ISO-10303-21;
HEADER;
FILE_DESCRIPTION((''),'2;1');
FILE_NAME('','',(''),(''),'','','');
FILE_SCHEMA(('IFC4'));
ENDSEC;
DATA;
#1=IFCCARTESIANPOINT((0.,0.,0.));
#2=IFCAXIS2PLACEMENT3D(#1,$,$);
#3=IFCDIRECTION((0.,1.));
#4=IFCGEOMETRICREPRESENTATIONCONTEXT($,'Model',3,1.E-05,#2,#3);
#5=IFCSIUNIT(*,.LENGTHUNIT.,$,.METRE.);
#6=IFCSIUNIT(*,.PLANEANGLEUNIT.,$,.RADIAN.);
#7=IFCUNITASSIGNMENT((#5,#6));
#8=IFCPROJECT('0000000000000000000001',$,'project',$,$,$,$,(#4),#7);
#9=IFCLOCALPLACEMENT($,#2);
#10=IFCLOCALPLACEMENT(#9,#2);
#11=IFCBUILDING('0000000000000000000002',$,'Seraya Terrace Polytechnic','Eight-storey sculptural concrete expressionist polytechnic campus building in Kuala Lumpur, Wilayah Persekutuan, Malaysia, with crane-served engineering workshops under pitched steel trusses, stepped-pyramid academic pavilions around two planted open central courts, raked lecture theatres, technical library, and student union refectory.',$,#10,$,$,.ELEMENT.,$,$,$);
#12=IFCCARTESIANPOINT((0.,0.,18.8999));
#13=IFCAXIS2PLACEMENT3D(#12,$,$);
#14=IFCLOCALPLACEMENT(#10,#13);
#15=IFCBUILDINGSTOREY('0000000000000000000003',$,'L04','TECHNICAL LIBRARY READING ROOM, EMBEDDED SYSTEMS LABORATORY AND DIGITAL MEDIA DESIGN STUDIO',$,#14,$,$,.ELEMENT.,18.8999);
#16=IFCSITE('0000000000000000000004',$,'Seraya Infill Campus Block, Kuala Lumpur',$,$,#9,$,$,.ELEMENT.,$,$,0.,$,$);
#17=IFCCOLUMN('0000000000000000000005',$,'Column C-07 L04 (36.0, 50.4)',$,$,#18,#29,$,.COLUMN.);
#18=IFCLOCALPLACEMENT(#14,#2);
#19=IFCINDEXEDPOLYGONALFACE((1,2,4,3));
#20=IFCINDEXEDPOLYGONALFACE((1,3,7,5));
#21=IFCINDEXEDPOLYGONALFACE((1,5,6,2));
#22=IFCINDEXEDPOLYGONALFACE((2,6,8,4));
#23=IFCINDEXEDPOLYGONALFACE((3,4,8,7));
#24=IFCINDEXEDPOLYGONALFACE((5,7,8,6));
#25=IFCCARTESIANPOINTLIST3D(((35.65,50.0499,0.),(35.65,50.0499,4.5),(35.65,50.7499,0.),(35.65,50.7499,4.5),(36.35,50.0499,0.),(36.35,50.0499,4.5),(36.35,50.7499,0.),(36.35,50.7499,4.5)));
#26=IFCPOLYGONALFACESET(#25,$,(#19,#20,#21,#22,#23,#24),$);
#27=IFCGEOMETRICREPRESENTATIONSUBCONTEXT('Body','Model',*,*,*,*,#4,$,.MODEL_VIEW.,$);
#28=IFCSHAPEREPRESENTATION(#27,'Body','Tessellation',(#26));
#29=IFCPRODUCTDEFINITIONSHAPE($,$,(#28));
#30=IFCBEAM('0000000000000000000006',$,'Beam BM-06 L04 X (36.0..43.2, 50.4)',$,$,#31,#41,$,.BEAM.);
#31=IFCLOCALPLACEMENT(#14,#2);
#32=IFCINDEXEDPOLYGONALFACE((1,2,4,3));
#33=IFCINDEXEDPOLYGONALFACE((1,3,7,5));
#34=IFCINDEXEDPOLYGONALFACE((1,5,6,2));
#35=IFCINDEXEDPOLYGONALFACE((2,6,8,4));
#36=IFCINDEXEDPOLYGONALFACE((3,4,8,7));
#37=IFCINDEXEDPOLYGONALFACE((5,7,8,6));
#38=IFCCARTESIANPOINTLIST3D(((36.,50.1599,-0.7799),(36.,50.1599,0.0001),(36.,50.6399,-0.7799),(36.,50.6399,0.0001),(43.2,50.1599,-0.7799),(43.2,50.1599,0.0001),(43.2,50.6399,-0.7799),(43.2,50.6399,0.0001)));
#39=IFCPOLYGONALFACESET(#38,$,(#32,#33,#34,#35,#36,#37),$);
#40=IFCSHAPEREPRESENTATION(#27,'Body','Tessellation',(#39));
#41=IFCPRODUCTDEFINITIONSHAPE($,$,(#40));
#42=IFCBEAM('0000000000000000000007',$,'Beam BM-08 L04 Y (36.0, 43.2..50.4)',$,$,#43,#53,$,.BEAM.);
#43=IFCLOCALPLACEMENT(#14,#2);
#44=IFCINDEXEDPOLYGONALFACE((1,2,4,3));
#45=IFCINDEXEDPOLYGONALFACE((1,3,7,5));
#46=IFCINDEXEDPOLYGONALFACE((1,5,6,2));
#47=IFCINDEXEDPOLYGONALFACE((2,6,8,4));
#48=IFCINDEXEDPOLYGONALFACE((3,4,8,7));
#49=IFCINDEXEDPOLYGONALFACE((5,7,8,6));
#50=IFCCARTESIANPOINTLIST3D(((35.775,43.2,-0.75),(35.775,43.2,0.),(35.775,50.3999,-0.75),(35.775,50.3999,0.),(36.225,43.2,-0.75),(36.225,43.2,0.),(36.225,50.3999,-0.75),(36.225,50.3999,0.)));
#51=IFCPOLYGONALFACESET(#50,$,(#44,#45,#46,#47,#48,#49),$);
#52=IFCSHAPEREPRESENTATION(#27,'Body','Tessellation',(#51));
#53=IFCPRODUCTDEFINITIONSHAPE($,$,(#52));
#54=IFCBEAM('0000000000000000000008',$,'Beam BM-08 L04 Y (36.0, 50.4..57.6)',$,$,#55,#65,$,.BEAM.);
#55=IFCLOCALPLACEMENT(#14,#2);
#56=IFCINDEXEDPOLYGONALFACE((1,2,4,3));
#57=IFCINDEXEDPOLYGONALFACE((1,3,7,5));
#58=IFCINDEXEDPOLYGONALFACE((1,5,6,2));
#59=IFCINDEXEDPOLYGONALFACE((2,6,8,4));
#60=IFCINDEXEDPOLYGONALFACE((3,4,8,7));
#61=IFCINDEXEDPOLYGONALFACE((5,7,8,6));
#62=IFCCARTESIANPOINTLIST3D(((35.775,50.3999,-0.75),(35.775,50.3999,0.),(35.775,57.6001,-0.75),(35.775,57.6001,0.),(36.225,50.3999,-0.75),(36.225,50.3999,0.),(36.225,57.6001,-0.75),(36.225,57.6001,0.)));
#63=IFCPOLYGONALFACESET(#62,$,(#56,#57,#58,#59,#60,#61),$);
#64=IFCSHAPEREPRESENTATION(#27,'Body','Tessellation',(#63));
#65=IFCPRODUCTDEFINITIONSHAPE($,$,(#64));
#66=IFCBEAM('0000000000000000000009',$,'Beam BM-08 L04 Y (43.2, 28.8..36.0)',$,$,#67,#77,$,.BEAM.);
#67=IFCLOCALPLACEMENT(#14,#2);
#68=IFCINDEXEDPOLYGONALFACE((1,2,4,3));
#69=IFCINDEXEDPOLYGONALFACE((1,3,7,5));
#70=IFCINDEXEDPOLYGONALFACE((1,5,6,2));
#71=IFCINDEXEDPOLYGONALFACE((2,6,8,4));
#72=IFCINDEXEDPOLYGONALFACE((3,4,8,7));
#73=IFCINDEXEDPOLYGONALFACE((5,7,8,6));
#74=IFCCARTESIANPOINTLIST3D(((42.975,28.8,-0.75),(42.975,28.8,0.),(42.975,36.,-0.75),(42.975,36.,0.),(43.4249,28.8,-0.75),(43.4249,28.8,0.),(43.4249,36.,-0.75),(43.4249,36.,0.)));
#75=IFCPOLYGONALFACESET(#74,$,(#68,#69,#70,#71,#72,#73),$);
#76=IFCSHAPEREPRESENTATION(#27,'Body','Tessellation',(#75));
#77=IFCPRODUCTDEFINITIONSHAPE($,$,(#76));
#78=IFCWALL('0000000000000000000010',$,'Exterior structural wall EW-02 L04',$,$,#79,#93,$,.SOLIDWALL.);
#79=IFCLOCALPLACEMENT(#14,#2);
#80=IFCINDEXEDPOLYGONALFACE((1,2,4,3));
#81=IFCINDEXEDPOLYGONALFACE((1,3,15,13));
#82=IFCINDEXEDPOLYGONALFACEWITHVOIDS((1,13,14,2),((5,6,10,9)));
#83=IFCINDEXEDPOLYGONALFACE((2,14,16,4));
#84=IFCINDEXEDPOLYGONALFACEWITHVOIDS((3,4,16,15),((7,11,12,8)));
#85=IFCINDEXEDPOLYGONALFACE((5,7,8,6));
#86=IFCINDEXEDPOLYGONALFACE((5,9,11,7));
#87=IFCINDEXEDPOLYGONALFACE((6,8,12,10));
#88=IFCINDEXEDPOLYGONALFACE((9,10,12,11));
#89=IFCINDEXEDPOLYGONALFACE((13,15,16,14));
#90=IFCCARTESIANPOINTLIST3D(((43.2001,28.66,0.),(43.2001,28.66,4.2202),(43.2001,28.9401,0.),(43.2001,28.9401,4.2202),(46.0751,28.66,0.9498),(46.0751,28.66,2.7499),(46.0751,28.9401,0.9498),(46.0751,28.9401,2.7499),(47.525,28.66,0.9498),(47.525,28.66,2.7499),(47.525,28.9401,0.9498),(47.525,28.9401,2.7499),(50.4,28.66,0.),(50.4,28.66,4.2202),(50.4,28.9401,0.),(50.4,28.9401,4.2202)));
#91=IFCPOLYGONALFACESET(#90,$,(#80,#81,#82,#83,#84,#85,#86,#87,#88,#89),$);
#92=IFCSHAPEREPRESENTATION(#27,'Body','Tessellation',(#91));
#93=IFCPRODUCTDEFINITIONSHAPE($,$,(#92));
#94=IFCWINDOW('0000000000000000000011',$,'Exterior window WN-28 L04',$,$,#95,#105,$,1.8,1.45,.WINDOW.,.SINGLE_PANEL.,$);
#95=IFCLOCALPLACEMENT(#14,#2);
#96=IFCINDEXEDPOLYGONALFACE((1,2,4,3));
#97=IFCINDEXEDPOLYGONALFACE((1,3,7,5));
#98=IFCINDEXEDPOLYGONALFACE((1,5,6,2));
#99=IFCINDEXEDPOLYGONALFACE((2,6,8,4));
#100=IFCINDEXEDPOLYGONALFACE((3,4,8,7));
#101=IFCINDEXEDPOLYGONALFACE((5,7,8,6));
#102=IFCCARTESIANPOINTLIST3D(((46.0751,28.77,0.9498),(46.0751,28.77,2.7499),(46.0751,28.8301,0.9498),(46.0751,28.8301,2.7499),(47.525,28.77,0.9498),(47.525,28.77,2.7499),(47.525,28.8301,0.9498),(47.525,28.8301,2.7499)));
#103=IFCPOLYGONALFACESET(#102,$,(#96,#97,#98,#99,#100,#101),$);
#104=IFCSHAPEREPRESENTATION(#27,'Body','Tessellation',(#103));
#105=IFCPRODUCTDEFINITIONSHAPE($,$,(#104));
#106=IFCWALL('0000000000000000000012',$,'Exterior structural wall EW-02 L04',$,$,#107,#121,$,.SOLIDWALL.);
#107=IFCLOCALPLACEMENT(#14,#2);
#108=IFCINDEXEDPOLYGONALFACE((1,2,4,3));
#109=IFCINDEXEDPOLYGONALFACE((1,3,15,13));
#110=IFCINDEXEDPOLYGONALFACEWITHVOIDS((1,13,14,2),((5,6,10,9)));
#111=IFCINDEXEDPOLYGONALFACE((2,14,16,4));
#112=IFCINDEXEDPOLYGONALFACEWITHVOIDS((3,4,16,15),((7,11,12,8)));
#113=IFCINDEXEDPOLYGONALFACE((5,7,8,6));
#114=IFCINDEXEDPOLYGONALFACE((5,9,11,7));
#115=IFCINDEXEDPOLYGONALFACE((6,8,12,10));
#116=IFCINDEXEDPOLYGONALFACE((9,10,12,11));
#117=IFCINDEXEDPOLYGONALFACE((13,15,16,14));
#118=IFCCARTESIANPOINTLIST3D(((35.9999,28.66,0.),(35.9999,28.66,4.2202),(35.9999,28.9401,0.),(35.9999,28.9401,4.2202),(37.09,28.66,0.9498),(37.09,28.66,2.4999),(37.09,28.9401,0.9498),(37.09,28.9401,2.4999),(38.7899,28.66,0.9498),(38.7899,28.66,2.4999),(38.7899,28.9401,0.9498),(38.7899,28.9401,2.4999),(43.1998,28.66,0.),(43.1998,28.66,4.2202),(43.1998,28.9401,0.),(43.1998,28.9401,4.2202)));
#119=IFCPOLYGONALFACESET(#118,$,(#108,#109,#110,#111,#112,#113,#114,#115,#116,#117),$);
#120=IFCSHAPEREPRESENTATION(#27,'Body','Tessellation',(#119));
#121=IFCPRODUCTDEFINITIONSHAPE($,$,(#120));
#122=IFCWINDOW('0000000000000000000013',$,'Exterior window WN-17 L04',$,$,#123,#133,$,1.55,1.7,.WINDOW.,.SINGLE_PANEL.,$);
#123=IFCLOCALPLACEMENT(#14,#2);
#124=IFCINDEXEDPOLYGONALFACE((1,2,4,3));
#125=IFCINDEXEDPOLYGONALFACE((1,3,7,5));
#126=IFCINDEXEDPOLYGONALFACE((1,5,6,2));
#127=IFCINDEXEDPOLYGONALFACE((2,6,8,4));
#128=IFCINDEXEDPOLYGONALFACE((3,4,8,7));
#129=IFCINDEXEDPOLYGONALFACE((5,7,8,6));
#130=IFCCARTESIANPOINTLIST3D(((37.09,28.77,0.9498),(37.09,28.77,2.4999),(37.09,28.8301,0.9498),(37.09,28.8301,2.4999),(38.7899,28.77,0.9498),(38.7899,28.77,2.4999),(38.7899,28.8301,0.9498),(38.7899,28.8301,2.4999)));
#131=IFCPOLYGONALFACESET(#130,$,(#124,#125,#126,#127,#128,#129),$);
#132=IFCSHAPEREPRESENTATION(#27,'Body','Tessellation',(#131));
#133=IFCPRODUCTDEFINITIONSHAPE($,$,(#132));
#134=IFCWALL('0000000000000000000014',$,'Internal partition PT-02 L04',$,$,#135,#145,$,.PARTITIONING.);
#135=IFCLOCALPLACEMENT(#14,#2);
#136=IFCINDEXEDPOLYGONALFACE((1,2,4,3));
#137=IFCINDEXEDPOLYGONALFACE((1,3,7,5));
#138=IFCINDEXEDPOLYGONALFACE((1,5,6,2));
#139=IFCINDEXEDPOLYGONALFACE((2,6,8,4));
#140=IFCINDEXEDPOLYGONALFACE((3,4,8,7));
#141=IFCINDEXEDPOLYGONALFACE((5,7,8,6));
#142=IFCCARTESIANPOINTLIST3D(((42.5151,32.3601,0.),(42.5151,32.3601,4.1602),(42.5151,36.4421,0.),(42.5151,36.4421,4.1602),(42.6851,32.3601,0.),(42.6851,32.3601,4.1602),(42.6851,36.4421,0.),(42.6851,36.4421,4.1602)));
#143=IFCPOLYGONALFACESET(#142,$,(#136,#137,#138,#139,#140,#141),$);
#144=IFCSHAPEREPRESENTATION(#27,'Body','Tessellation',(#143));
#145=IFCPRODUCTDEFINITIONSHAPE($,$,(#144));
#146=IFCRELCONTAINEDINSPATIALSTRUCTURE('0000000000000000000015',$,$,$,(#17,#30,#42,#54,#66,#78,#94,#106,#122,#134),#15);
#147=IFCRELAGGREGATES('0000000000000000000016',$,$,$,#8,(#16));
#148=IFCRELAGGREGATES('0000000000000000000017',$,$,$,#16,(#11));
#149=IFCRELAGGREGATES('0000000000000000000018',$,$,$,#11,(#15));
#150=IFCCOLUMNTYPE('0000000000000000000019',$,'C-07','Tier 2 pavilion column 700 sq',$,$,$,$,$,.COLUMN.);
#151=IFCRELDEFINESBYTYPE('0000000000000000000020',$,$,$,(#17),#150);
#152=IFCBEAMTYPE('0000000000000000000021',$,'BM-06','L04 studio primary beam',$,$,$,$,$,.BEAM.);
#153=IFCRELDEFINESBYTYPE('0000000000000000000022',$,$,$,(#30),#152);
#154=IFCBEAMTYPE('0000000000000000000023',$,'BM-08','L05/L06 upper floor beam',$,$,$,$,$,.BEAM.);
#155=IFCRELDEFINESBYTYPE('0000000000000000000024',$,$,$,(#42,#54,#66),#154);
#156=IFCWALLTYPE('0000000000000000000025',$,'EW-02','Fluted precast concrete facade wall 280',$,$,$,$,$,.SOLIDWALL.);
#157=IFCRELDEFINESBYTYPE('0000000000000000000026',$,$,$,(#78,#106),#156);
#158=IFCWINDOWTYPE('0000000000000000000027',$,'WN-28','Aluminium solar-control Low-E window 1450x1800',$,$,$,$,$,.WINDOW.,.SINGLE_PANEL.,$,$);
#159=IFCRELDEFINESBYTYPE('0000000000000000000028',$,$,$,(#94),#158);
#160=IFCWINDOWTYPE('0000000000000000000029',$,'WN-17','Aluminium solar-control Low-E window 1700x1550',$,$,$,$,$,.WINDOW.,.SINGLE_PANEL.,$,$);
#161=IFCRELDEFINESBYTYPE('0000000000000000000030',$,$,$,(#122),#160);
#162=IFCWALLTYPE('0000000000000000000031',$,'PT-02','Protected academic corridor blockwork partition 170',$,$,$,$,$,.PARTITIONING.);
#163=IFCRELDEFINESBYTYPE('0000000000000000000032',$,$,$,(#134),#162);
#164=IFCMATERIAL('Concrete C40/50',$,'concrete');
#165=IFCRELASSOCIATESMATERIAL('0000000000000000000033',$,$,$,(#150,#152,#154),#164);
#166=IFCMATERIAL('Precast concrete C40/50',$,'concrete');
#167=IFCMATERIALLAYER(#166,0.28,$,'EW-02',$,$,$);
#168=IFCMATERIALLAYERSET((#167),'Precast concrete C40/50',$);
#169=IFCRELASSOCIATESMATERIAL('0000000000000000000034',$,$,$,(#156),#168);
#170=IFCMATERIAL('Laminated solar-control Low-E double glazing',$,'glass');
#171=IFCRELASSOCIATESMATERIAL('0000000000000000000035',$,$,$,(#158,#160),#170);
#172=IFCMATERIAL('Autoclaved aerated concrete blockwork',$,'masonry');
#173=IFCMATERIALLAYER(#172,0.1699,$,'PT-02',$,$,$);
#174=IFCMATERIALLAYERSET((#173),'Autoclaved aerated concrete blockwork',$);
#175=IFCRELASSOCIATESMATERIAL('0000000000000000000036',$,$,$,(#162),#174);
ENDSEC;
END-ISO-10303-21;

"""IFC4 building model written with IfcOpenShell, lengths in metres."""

from ifc_helpers import new_model, si_unit, direction, frame, frame_2d, origin, origin_2d, place, context, subcontext, project, spatial, rectangle, extrude, material, layer, layer_set, material_profile, profile_set, type_object, element, fill, save


model = new_model("IFC4")

# Units and contexts
model_context = context("Model", 3, precision=1e-05, world=origin(), true_north=direction((0.0, 1.0)))
body_context = subcontext(model_context, "Body", "Model", "MODEL_VIEW")
ifc_project = project(units=[si_unit("LENGTHUNIT", "METRE"), si_unit("PLANEANGLEUNIT", "RADIAN")], contexts=[model_context])

# Site, building, storey
site_placement = place(None, origin())
site = spatial("IfcSite", under=ifc_project, at=site_placement, Name="Seraya Infill Campus Block, Kuala Lumpur", CompositionType="ELEMENT", RefElevation=0.0)
building_placement = place(site_placement, origin())
building = spatial("IfcBuilding", under=site, at=building_placement, Name="Seraya Terrace Polytechnic", Description="Eight-storey sculptural concrete expressionist polytechnic campus building in Kuala Lumpur, Wilayah Persekutuan, Malaysia, with crane-served engineering workshops under pitched steel trusses, stepped-pyramid academic pavilions around two planted open central courts, raked lecture theatres, technical library, and student union refectory.", CompositionType="ELEMENT")
storey_placement = place(building_placement, frame((0.0, 0.0, 18.8999)))
storey = spatial("IfcBuildingStorey", under=building, at=storey_placement, Name="L04", Description="TECHNICAL LIBRARY READING ROOM, EMBEDDED SYSTEMS LABORATORY AND DIGITAL MEDIA DESIGN STUDIO", CompositionType="ELEMENT", Elevation=18.8999)

# Column
ifc_material_1 = material(Name="Concrete C40/50", Category="concrete")
ifc_material_profile_1 = material_profile(ifc_material_1, rectangle(XDim=0.7, YDim=0.7, at=origin_2d()), Name="RC 700x700")
ifc_profile_set_1 = profile_set([ifc_material_profile_1], Name="Concrete C40/50")
column_type = type_object("IfcColumnType", Name="C-07", Description="Tier 2 pavilion column 700 sq", PredefinedType="COLUMN", material=ifc_profile_set_1)
column_placement = place(storey_placement, frame((36.0, 50.3999, 0.0), z_axis=(0.0, 0.0, 1.0), x_axis=(1.0, 0.0, 0.0)))
element("IfcColumn", 1, at=column_placement, inside=storey, type_object=column_type, Name="Column C-07 L04 (36.0, 50.4)", PredefinedType="COLUMN", context=body_context, shape_type="SweptSolid", body=[
    extrude(rectangle(XDim=0.7, YDim=0.7, at=origin_2d()), origin(), (0.0, 0.0, 1.0), 4.5),
])

# Beams
ifc_material_profile_2 = material_profile(ifc_material_1, rectangle(XDim=0.48, YDim=0.78, at=origin_2d()), Name="RC 480x780")
ifc_profile_set_2 = profile_set([ifc_material_profile_2], Name="Concrete C40/50")
beam_type_1 = type_object("IfcBeamType", Name="BM-06", Description="L04 studio primary beam", PredefinedType="BEAM", material=ifc_profile_set_2)
beam_1_placement = place(storey_placement, frame((36.0, 50.3999, -0.3899), z_axis=(1.0, 0.0, 0.0), x_axis=(0.0, 1.0, 0.0)))
element("IfcBeam", 2, at=beam_1_placement, inside=storey, type_object=beam_type_1, Name="Beam BM-06 L04 X (36.0..43.2, 50.4)", PredefinedType="BEAM", context=body_context, shape_type="SweptSolid", body=[
    extrude(rectangle(XDim=0.48, YDim=0.78, at=origin_2d()), origin(), (0.0, 0.0, 1.0), 7.2),
])
ifc_material_profile_3 = material_profile(ifc_material_1, rectangle(XDim=0.45, YDim=0.75, at=origin_2d()), Name="RC 450x750")
ifc_profile_set_3 = profile_set([ifc_material_profile_3], Name="Concrete C40/50")
beam_type_2 = type_object("IfcBeamType", Name="BM-08", Description="L05/L06 upper floor beam", PredefinedType="BEAM", material=ifc_profile_set_3)
beam_2_placement = place(storey_placement, frame((36.0, 43.2, -0.375), z_axis=(0.0, 1.0, 0.0), x_axis=(-1.0, 0.0, 0.0)))
element("IfcBeam", 3, at=beam_2_placement, inside=storey, type_object=beam_type_2, Name="Beam BM-08 L04 Y (36.0, 43.2..50.4)", PredefinedType="BEAM", context=body_context, shape_type="SweptSolid", body=[
    extrude(rectangle(XDim=0.45, YDim=0.75, at=origin_2d()), origin(), (0.0, 0.0, 1.0), 7.2),
])
beam_3_placement = place(storey_placement, frame((36.0, 50.3999, -0.375), z_axis=(0.0, 1.0, 0.0), x_axis=(-1.0, 0.0, 0.0)))
element("IfcBeam", 4, at=beam_3_placement, inside=storey, type_object=beam_type_2, Name="Beam BM-08 L04 Y (36.0, 50.4..57.6)", PredefinedType="BEAM", context=body_context, shape_type="SweptSolid", body=[
    extrude(rectangle(XDim=0.45, YDim=0.75, at=origin_2d()), origin(), (0.0, 0.0, 1.0), 7.2002),
])
beam_4_placement = place(storey_placement, frame((43.2, 28.8, -0.375), z_axis=(0.0, 1.0, 0.0), x_axis=(-1.0, 0.0, 0.0)))
element("IfcBeam", 5, at=beam_4_placement, inside=storey, type_object=beam_type_2, Name="Beam BM-08 L04 Y (43.2, 28.8..36.0)", PredefinedType="BEAM", context=body_context, shape_type="SweptSolid", body=[
    extrude(rectangle(XDim=0.45, YDim=0.75, at=origin_2d()), origin(), (0.0, 0.0, 1.0), 7.2),
])

# Walls, openings, windows
ifc_material_2 = material(Name="Precast concrete C40/50", Category="concrete")
ifc_layer_1 = layer(ifc_material_2, 0.28, Name="EW-02")
ifc_layer_set_1 = layer_set([ifc_layer_1], Name="Precast concrete C40/50")
wall_type_1 = type_object("IfcWallType", Name="EW-02", Description="Fluted precast concrete facade wall 280", PredefinedType="SOLIDWALL", material=ifc_layer_set_1)
wall_1_placement = place(storey_placement, frame((43.2, 28.8, 0.0), z_axis=(0.0, 0.0, 1.0), x_axis=(1.0, 0.0, 0.0)))
wall_1 = element("IfcWall", 6, at=wall_1_placement, inside=storey, type_object=wall_type_1, Name="Exterior structural wall EW-02 L04", PredefinedType="SOLIDWALL", context=body_context, shape_type="SweptSolid", body=[
    extrude(rectangle(XDim=7.2, YDim=0.28, at=frame_2d((3.6001, 0.0))), origin(), (0.0, 0.0, 1.0), 4.2202),
])
opening_1_placement = place(wall_1_placement, frame((2.875, 0.0, 0.95)))
opening_1 = element("IfcOpeningElement", 7, at=opening_1_placement, cuts=wall_1, PredefinedType="OPENING", context=body_context, shape_type="SweptSolid", body=[
    extrude(rectangle(XDim=1.45, YDim=1.8, at=frame_2d((0.7251, 0.8999))), frame((0.0, 0.1519, 0.0), z_axis=(0.0, -1.0, 0.0), x_axis=(1.0, 0.0, 0.0)), (0.0, 0.0, 1.0), 0.304),
])
ifc_material_3 = material(Name="Laminated solar-control Low-E double glazing", Category="glass")
window_type_1 = type_object("IfcWindowType", Name="WN-28", Description="Aluminium solar-control Low-E window 1450x1800", PartitioningType="SINGLE_PANEL", PredefinedType="WINDOW", material=ifc_material_3)
window_1_placement = place(opening_1_placement, origin())
window_1 = element("IfcWindow", 8, at=window_1_placement, inside=storey, type_object=window_type_1, Name="Exterior window WN-28 L04", OverallHeight=1.8, OverallWidth=1.45, PartitioningType="SINGLE_PANEL", PredefinedType="WINDOW", context=body_context, shape_type="SweptSolid", body=[
    extrude(rectangle(XDim=1.45, YDim=1.8, at=frame_2d((0.7251, 0.8999))), frame((0.0, 0.03, 0.0), z_axis=(0.0, -1.0, 0.0), x_axis=(1.0, 0.0, 0.0)), (0.0, 0.0, 1.0), 0.0601),
])
fill(opening_1, window_1)
wall_2_placement = place(storey_placement, frame((43.2, 28.8, 0.0), z_axis=(0.0, 0.0, 1.0), x_axis=(-1.0, 0.0, 0.0)))
wall_2 = element("IfcWall", 9, at=wall_2_placement, inside=storey, type_object=wall_type_1, Name="Exterior structural wall EW-02 L04", PredefinedType="SOLIDWALL", context=body_context, shape_type="SweptSolid", body=[
    extrude(rectangle(XDim=7.2, YDim=0.28, at=frame_2d((3.6001, 0.0))), origin(), (0.0, 0.0, 1.0), 4.2202),
])
opening_2_placement = place(wall_2_placement, frame((4.4099, 0.0, 0.95)))
opening_2 = element("IfcOpeningElement", 10, at=opening_2_placement, cuts=wall_2, PredefinedType="OPENING", context=body_context, shape_type="SweptSolid", body=[
    extrude(rectangle(XDim=1.7, YDim=1.55, at=frame_2d((0.8501, 0.7749))), frame((0.0, 0.1519, 0.0), z_axis=(0.0, -1.0, 0.0), x_axis=(1.0, 0.0, 0.0)), (0.0, 0.0, 1.0), 0.304),
])
window_type_2 = type_object("IfcWindowType", Name="WN-17", Description="Aluminium solar-control Low-E window 1700x1550", PartitioningType="SINGLE_PANEL", PredefinedType="WINDOW", material=ifc_material_3)
window_2_placement = place(opening_2_placement, origin())
window_2 = element("IfcWindow", 11, at=window_2_placement, inside=storey, type_object=window_type_2, Name="Exterior window WN-17 L04", OverallHeight=1.55, OverallWidth=1.7, PartitioningType="SINGLE_PANEL", PredefinedType="WINDOW", context=body_context, shape_type="SweptSolid", body=[
    extrude(rectangle(XDim=1.7, YDim=1.55, at=frame_2d((0.8501, 0.7749))), frame((0.0, 0.03, 0.0), z_axis=(0.0, -1.0, 0.0), x_axis=(1.0, 0.0, 0.0)), (0.0, 0.0, 1.0), 0.0601),
])
fill(opening_2, window_2)

# Wall
ifc_material_4 = material(Name="Autoclaved aerated concrete blockwork", Category="masonry")
ifc_layer_2 = layer(ifc_material_4, 0.1699, Name="PT-02")
ifc_layer_set_2 = layer_set([ifc_layer_2], Name="Autoclaved aerated concrete blockwork")
wall_type_2 = type_object("IfcWallType", Name="PT-02", Description="Protected academic corridor blockwork partition 170", PredefinedType="PARTITIONING", material=ifc_layer_set_2)
wall_3_placement = place(storey_placement, frame((42.6001, 32.3601, 0.0), z_axis=(0.0, 0.0, 1.0), x_axis=(0.0, 1.0, 0.0)))
element("IfcWall", 12, at=wall_3_placement, inside=storey, type_object=wall_type_2, Name="Internal partition PT-02 L04", PredefinedType="PARTITIONING", context=body_context, shape_type="SweptSolid", body=[
    extrude(rectangle(XDim=4.082, YDim=0.1699, at=frame_2d((2.041, 0.0))), origin(), (0.0, 0.0, 1.0), 4.1602),
])

save(model, "model.ifc")
